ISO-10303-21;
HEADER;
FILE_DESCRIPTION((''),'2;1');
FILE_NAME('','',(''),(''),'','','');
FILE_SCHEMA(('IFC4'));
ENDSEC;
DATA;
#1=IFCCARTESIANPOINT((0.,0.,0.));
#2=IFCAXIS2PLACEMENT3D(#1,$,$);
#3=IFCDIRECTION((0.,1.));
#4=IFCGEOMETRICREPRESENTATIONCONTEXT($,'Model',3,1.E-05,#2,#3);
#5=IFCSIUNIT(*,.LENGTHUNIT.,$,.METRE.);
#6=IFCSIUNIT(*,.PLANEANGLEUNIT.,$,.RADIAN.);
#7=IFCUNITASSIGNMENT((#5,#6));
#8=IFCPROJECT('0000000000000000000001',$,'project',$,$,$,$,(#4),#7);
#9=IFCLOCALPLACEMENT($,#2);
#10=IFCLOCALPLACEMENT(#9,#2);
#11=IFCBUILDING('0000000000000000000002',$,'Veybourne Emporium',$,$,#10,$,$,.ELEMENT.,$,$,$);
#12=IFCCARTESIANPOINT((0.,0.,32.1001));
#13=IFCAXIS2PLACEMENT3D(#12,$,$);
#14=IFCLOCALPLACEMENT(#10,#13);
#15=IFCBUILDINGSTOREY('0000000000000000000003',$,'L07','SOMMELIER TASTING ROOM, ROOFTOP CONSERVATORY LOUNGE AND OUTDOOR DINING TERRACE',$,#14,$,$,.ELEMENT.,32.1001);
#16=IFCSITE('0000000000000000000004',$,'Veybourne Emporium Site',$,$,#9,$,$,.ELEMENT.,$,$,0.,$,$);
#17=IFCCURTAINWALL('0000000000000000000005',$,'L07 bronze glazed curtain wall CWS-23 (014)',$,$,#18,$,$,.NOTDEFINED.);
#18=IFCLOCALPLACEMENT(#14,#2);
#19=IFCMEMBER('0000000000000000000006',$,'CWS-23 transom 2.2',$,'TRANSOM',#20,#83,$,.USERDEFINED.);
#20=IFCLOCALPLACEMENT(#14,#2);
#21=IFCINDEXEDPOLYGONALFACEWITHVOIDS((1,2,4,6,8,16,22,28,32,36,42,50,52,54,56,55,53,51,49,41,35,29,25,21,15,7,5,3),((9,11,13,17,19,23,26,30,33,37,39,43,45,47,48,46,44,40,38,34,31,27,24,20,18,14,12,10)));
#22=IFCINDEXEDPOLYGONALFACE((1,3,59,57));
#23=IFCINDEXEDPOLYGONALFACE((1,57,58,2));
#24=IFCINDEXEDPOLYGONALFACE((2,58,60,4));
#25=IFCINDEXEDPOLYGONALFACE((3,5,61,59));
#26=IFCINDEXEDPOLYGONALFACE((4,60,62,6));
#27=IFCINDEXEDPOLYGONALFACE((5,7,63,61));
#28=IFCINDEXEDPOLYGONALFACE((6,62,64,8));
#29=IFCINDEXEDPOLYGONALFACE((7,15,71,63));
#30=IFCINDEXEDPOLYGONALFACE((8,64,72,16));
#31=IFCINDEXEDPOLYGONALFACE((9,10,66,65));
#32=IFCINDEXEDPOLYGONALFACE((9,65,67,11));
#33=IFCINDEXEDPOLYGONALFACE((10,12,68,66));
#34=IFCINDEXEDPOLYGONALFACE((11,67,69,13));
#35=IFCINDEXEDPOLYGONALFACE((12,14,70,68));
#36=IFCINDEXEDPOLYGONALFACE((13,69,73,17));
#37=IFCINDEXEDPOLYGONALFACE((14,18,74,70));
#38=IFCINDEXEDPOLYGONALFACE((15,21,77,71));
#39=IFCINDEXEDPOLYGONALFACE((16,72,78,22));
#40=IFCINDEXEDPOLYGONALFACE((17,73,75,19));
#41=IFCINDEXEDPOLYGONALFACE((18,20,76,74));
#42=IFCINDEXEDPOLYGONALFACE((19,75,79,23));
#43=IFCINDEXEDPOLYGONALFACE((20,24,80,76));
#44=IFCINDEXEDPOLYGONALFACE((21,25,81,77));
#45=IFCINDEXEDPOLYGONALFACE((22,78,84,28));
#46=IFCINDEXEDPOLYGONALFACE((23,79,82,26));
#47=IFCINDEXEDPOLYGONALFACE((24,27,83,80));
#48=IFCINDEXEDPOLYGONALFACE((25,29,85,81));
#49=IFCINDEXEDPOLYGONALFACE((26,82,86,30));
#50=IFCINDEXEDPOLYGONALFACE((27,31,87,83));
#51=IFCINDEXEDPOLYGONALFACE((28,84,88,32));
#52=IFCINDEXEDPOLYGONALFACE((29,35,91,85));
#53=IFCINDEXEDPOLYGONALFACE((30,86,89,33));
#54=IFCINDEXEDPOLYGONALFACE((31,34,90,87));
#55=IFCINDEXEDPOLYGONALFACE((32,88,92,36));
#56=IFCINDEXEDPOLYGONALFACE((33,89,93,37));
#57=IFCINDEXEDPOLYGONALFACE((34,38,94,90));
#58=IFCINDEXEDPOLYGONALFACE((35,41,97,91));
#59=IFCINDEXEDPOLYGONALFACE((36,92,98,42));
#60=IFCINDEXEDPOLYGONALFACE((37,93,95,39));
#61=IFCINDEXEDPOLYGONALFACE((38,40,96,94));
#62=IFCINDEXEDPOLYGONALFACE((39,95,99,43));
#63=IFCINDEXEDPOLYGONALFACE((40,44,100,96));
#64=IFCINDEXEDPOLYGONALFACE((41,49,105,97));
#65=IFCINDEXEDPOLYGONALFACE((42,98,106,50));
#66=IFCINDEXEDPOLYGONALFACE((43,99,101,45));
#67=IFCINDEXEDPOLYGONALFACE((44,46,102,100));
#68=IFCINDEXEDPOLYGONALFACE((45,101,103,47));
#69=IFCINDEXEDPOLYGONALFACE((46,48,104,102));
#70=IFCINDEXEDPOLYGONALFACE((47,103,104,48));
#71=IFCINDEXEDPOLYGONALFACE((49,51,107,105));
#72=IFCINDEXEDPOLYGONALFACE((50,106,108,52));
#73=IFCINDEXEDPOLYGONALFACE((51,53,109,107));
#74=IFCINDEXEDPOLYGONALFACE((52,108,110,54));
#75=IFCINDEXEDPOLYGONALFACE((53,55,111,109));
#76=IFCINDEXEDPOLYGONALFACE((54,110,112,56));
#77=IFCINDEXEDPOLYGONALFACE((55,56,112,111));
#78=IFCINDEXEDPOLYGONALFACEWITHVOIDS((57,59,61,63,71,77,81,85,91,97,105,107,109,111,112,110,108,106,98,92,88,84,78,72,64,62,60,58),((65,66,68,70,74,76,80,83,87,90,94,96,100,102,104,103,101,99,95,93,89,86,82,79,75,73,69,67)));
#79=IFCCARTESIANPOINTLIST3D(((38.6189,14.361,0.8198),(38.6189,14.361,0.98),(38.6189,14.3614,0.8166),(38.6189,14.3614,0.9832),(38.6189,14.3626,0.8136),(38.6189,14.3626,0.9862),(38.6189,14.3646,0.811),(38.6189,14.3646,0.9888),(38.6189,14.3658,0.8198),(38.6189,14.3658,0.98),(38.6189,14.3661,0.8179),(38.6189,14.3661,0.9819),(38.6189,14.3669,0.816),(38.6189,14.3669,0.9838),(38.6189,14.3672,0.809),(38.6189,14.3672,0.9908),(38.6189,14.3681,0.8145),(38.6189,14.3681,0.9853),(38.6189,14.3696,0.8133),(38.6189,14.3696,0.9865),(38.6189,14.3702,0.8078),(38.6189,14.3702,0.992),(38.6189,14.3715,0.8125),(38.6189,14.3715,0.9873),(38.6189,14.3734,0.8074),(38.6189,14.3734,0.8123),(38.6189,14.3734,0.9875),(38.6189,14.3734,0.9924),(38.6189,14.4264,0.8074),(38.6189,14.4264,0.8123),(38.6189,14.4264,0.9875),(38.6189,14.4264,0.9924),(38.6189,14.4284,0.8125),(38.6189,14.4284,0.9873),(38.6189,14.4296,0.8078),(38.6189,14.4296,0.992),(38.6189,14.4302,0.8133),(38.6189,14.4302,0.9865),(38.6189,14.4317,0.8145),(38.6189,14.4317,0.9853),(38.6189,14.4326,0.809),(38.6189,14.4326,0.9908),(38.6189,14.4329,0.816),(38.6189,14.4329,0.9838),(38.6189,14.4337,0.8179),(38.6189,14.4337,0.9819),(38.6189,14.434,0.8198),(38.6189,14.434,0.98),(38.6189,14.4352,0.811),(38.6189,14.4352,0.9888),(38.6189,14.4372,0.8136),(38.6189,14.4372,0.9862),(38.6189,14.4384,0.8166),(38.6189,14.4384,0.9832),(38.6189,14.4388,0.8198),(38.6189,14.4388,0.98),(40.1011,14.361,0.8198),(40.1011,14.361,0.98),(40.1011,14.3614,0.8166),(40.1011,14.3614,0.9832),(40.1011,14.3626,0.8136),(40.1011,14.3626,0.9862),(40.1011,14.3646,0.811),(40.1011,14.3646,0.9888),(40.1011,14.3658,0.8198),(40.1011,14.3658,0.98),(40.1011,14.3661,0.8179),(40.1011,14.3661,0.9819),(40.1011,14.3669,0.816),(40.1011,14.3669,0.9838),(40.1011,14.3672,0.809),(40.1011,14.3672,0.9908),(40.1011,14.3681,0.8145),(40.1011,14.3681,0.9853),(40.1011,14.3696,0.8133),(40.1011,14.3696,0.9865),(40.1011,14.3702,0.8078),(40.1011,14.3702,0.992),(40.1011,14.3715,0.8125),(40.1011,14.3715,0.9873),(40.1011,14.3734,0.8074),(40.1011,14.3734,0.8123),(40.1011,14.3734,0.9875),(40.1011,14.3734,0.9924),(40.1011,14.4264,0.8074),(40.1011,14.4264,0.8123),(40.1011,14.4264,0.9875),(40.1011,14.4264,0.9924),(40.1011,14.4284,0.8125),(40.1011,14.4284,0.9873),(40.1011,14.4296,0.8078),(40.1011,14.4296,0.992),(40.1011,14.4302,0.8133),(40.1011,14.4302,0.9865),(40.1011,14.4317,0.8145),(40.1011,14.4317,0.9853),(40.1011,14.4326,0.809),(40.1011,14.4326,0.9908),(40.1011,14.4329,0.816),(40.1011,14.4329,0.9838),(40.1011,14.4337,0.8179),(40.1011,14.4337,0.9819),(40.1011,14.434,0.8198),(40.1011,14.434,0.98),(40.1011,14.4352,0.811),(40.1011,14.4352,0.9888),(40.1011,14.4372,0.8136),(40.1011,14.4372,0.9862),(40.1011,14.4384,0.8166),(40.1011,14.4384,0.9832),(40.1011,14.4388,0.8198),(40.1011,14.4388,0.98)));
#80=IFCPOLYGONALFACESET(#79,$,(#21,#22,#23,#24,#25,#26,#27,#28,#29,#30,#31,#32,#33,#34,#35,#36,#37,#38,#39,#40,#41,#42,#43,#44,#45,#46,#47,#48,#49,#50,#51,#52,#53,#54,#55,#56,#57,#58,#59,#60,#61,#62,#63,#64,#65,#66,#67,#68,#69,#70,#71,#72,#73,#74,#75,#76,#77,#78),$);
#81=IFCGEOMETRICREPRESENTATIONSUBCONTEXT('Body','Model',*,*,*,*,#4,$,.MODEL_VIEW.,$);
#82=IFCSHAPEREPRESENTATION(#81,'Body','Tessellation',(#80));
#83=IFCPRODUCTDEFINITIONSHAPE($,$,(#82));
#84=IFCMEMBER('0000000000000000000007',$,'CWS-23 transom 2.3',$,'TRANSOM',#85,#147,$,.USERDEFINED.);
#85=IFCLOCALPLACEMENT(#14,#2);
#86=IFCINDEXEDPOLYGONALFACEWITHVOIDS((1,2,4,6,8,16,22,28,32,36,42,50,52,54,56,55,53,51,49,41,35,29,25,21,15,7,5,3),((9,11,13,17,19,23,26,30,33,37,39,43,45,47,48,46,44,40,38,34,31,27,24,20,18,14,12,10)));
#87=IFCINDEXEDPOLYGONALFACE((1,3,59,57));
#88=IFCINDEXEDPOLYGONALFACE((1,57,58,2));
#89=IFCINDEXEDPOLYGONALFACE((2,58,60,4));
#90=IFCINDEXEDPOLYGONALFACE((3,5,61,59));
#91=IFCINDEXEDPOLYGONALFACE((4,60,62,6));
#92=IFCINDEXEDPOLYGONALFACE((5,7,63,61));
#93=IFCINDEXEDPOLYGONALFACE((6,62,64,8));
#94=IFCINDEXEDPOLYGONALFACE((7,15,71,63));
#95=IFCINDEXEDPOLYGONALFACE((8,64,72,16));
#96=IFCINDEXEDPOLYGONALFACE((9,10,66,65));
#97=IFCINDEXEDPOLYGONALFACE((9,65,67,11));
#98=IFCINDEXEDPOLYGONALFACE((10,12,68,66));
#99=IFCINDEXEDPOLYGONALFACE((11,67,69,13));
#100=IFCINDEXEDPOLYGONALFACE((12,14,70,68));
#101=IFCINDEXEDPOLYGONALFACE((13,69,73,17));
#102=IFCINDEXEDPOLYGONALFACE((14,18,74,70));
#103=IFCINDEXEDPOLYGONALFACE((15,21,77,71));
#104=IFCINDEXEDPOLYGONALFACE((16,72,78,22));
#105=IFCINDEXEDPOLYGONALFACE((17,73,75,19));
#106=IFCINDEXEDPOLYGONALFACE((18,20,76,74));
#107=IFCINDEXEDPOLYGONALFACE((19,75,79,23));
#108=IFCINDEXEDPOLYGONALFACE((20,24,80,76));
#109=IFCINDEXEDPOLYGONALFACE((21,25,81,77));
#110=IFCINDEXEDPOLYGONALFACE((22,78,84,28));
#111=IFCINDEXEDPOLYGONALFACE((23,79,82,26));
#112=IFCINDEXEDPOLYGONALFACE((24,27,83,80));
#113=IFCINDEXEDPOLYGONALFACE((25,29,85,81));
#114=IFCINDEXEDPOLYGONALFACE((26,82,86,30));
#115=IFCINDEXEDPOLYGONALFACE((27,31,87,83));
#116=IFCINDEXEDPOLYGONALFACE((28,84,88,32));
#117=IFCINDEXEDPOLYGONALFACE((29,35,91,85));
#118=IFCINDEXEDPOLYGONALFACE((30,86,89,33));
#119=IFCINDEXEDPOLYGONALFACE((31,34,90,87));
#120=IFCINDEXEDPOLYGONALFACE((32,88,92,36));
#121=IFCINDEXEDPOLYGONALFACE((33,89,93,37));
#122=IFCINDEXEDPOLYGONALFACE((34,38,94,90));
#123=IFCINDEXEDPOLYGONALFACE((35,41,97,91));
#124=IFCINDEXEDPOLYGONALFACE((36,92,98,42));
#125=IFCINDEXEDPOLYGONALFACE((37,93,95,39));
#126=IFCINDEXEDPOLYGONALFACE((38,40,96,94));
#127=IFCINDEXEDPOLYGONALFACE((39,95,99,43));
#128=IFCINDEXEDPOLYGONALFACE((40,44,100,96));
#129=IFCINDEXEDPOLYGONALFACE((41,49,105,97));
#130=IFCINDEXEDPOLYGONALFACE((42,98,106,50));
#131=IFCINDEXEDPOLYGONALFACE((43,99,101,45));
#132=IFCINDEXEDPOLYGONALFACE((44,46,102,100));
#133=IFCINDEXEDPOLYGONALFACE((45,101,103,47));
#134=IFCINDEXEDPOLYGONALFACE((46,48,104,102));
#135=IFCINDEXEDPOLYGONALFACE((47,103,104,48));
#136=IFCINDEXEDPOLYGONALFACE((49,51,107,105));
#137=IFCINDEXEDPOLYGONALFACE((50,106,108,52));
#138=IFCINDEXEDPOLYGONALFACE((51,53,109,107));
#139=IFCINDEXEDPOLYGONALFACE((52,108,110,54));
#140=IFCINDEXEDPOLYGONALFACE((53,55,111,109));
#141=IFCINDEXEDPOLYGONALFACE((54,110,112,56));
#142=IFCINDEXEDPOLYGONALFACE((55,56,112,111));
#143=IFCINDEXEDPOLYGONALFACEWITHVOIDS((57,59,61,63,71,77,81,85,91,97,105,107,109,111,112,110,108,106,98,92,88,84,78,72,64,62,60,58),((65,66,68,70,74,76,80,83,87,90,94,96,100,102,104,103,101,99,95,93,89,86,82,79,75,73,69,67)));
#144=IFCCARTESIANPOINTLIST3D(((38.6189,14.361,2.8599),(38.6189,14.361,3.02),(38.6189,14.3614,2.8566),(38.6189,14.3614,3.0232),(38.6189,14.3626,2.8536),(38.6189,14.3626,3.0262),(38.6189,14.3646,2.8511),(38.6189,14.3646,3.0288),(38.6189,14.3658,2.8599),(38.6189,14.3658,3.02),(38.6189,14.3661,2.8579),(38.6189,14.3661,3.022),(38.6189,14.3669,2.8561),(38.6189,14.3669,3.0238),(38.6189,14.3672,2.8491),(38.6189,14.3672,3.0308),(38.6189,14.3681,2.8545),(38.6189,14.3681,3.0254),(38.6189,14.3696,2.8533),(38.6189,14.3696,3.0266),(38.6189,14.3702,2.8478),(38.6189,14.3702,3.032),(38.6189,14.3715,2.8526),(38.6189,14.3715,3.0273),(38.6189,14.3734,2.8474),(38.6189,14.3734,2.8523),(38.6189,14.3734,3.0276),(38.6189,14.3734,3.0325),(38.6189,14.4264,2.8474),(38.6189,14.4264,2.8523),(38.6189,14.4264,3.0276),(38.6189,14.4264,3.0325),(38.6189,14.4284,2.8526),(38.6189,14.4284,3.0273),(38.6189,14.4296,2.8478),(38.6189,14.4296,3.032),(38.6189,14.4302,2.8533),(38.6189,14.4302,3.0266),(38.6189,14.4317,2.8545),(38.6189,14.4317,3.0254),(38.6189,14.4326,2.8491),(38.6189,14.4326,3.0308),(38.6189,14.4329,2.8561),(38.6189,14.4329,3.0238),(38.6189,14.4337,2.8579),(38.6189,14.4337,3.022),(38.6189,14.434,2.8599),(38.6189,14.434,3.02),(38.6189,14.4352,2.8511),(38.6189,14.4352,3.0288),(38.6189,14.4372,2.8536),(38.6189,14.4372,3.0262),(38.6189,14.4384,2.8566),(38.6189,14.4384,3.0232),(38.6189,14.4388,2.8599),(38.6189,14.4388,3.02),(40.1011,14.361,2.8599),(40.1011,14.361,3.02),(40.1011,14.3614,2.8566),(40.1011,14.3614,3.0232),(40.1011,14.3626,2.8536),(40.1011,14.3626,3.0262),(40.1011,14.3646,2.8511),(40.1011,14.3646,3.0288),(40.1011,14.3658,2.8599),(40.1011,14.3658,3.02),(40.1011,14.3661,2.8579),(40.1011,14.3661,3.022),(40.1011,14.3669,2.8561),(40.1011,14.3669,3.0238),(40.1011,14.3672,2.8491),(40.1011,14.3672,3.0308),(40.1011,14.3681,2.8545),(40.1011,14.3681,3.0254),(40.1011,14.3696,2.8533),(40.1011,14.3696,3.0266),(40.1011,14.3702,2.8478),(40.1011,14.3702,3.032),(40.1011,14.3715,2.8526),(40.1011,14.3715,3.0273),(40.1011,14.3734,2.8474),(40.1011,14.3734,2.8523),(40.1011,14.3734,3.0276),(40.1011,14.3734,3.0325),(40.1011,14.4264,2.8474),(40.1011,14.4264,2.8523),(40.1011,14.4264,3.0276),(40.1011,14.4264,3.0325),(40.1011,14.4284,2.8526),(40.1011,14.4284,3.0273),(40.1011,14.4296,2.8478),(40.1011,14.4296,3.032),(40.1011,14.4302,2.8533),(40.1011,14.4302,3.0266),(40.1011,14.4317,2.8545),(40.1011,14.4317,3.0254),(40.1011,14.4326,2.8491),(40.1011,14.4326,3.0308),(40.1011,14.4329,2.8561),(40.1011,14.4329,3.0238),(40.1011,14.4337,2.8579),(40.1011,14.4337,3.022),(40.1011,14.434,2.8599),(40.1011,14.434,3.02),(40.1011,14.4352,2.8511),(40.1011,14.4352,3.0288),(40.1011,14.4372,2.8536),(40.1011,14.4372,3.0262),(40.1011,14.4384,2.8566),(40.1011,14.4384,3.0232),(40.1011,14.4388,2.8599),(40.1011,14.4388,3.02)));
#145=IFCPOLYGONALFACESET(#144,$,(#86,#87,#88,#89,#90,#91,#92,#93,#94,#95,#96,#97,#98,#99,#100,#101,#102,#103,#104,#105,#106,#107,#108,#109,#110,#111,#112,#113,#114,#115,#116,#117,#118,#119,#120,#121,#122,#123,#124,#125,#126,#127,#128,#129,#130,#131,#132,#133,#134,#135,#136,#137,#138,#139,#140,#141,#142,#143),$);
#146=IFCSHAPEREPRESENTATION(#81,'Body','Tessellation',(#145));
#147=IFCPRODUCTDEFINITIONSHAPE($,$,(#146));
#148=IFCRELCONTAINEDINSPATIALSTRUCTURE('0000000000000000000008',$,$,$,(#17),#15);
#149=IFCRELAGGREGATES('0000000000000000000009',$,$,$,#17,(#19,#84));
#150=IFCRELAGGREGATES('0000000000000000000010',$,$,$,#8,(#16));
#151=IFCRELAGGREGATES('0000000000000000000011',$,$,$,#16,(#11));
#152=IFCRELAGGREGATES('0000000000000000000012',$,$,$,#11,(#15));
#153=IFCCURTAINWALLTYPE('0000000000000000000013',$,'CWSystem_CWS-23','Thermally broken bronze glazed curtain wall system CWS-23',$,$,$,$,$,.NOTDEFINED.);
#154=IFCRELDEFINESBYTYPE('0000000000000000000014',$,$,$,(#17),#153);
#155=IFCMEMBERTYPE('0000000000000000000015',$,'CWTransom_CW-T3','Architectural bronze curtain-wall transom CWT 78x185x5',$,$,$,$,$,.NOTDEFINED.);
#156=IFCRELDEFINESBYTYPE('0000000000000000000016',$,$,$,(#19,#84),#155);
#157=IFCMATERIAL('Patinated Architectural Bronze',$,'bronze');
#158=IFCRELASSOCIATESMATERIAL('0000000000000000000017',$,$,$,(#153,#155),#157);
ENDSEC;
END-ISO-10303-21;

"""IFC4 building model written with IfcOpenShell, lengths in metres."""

from ifc_helpers import new_model, si_unit, direction, frame, origin, origin_2d, place, context, subcontext, project, spatial, hollow_rectangle, extrude, material, material_profile, profile_set, type_object, element, aggregate, save


model = new_model("IFC4")

# Units and contexts
model_context = context("Model", 3, precision=1e-05, world=origin(), true_north=direction((0.0, 1.0)))
body_context = subcontext(model_context, "Body", "Model", "MODEL_VIEW")
ifc_project = project(units=[si_unit("LENGTHUNIT", "METRE"), si_unit("PLANEANGLEUNIT", "RADIAN")], contexts=[model_context])

# Site, building, storey
site_placement = place(None, origin())
site = spatial("IfcSite", under=ifc_project, at=site_placement, Name="Veybourne Emporium Site", CompositionType="ELEMENT", RefElevation=0.0)
building_placement = place(site_placement, origin())
building = spatial("IfcBuilding", under=site, at=building_placement, Name="Veybourne Emporium", CompositionType="ELEMENT")
storey_placement = place(building_placement, frame((0.0, 0.0, 32.1001)))
storey = spatial("IfcBuildingStorey", under=building, at=storey_placement, Name="L07", Description="SOMMELIER TASTING ROOM, ROOFTOP CONSERVATORY LOUNGE AND OUTDOOR DINING TERRACE", CompositionType="ELEMENT", Elevation=32.1001)

# Curtain wall
ifc_material_1 = material(Name="Patinated Architectural Bronze", Category="bronze")
curtain_wall_type_1 = type_object("IfcCurtainWallType", Name="CWSystem_CWS-23", Description="Thermally broken bronze glazed curtain wall system CWS-23", PredefinedType="NOTDEFINED", material=ifc_material_1)
curtain_wall_1_placement = place(storey_placement, origin())
curtain_wall_1 = element("IfcCurtainWall", 1, at=curtain_wall_1_placement, inside=storey, type_object=curtain_wall_type_1, Name="L07 bronze glazed curtain wall CWS-23 (014)", PredefinedType="NOTDEFINED")

# Members
ifc_material_profile_1 = material_profile(ifc_material_1, hollow_rectangle(XDim=0.0779, YDim=0.1851, WallThickness=0.0049, InnerFilletRadius=0.0076, OuterFilletRadius=0.0125, at=origin_2d()), Name="CWT 78x185x5")
ifc_profile_set_1 = profile_set([ifc_material_profile_1], Name="Patinated Architectural Bronze")
member_type_1 = type_object("IfcMemberType", Name="CWTransom_CW-T3", Description="Architectural bronze curtain-wall transom CWT 78x185x5", PredefinedType="NOTDEFINED", material=ifc_profile_set_1)
member_1_placement = place(storey_placement, frame((40.1011, 14.3999, 0.8999), z_axis=(-1.0, 0.0, 0.0), x_axis=(0.0, -1.0, 0.0)))
member_1 = element("IfcMember", 2, at=member_1_placement, type_object=member_type_1, Name="CWS-23 transom 2.2", ObjectType="TRANSOM", PredefinedType="USERDEFINED", context=body_context, shape_type="SweptSolid", body=[
    extrude(hollow_rectangle(XDim=0.0779, YDim=0.1851, WallThickness=0.0049, InnerFilletRadius=0.0076, OuterFilletRadius=0.0125, at=origin_2d()), origin(), (0.0, 0.0, 1.0), 1.4822),
])
member_2_placement = place(storey_placement, frame((40.1011, 14.3999, 2.9399), z_axis=(-1.0, 0.0, 0.0), x_axis=(0.0, -1.0, 0.0)))
member_2 = element("IfcMember", 3, at=member_2_placement, type_object=member_type_1, Name="CWS-23 transom 2.3", ObjectType="TRANSOM", PredefinedType="USERDEFINED", context=body_context, shape_type="SweptSolid", body=[
    extrude(hollow_rectangle(XDim=0.0779, YDim=0.1851, WallThickness=0.0049, InnerFilletRadius=0.0076, OuterFilletRadius=0.0125, at=origin_2d()), origin(), (0.0, 0.0, 1.0), 1.4822),
])

aggregate(curtain_wall_1, [member_1, member_2])

save(model, "model.ifc")
